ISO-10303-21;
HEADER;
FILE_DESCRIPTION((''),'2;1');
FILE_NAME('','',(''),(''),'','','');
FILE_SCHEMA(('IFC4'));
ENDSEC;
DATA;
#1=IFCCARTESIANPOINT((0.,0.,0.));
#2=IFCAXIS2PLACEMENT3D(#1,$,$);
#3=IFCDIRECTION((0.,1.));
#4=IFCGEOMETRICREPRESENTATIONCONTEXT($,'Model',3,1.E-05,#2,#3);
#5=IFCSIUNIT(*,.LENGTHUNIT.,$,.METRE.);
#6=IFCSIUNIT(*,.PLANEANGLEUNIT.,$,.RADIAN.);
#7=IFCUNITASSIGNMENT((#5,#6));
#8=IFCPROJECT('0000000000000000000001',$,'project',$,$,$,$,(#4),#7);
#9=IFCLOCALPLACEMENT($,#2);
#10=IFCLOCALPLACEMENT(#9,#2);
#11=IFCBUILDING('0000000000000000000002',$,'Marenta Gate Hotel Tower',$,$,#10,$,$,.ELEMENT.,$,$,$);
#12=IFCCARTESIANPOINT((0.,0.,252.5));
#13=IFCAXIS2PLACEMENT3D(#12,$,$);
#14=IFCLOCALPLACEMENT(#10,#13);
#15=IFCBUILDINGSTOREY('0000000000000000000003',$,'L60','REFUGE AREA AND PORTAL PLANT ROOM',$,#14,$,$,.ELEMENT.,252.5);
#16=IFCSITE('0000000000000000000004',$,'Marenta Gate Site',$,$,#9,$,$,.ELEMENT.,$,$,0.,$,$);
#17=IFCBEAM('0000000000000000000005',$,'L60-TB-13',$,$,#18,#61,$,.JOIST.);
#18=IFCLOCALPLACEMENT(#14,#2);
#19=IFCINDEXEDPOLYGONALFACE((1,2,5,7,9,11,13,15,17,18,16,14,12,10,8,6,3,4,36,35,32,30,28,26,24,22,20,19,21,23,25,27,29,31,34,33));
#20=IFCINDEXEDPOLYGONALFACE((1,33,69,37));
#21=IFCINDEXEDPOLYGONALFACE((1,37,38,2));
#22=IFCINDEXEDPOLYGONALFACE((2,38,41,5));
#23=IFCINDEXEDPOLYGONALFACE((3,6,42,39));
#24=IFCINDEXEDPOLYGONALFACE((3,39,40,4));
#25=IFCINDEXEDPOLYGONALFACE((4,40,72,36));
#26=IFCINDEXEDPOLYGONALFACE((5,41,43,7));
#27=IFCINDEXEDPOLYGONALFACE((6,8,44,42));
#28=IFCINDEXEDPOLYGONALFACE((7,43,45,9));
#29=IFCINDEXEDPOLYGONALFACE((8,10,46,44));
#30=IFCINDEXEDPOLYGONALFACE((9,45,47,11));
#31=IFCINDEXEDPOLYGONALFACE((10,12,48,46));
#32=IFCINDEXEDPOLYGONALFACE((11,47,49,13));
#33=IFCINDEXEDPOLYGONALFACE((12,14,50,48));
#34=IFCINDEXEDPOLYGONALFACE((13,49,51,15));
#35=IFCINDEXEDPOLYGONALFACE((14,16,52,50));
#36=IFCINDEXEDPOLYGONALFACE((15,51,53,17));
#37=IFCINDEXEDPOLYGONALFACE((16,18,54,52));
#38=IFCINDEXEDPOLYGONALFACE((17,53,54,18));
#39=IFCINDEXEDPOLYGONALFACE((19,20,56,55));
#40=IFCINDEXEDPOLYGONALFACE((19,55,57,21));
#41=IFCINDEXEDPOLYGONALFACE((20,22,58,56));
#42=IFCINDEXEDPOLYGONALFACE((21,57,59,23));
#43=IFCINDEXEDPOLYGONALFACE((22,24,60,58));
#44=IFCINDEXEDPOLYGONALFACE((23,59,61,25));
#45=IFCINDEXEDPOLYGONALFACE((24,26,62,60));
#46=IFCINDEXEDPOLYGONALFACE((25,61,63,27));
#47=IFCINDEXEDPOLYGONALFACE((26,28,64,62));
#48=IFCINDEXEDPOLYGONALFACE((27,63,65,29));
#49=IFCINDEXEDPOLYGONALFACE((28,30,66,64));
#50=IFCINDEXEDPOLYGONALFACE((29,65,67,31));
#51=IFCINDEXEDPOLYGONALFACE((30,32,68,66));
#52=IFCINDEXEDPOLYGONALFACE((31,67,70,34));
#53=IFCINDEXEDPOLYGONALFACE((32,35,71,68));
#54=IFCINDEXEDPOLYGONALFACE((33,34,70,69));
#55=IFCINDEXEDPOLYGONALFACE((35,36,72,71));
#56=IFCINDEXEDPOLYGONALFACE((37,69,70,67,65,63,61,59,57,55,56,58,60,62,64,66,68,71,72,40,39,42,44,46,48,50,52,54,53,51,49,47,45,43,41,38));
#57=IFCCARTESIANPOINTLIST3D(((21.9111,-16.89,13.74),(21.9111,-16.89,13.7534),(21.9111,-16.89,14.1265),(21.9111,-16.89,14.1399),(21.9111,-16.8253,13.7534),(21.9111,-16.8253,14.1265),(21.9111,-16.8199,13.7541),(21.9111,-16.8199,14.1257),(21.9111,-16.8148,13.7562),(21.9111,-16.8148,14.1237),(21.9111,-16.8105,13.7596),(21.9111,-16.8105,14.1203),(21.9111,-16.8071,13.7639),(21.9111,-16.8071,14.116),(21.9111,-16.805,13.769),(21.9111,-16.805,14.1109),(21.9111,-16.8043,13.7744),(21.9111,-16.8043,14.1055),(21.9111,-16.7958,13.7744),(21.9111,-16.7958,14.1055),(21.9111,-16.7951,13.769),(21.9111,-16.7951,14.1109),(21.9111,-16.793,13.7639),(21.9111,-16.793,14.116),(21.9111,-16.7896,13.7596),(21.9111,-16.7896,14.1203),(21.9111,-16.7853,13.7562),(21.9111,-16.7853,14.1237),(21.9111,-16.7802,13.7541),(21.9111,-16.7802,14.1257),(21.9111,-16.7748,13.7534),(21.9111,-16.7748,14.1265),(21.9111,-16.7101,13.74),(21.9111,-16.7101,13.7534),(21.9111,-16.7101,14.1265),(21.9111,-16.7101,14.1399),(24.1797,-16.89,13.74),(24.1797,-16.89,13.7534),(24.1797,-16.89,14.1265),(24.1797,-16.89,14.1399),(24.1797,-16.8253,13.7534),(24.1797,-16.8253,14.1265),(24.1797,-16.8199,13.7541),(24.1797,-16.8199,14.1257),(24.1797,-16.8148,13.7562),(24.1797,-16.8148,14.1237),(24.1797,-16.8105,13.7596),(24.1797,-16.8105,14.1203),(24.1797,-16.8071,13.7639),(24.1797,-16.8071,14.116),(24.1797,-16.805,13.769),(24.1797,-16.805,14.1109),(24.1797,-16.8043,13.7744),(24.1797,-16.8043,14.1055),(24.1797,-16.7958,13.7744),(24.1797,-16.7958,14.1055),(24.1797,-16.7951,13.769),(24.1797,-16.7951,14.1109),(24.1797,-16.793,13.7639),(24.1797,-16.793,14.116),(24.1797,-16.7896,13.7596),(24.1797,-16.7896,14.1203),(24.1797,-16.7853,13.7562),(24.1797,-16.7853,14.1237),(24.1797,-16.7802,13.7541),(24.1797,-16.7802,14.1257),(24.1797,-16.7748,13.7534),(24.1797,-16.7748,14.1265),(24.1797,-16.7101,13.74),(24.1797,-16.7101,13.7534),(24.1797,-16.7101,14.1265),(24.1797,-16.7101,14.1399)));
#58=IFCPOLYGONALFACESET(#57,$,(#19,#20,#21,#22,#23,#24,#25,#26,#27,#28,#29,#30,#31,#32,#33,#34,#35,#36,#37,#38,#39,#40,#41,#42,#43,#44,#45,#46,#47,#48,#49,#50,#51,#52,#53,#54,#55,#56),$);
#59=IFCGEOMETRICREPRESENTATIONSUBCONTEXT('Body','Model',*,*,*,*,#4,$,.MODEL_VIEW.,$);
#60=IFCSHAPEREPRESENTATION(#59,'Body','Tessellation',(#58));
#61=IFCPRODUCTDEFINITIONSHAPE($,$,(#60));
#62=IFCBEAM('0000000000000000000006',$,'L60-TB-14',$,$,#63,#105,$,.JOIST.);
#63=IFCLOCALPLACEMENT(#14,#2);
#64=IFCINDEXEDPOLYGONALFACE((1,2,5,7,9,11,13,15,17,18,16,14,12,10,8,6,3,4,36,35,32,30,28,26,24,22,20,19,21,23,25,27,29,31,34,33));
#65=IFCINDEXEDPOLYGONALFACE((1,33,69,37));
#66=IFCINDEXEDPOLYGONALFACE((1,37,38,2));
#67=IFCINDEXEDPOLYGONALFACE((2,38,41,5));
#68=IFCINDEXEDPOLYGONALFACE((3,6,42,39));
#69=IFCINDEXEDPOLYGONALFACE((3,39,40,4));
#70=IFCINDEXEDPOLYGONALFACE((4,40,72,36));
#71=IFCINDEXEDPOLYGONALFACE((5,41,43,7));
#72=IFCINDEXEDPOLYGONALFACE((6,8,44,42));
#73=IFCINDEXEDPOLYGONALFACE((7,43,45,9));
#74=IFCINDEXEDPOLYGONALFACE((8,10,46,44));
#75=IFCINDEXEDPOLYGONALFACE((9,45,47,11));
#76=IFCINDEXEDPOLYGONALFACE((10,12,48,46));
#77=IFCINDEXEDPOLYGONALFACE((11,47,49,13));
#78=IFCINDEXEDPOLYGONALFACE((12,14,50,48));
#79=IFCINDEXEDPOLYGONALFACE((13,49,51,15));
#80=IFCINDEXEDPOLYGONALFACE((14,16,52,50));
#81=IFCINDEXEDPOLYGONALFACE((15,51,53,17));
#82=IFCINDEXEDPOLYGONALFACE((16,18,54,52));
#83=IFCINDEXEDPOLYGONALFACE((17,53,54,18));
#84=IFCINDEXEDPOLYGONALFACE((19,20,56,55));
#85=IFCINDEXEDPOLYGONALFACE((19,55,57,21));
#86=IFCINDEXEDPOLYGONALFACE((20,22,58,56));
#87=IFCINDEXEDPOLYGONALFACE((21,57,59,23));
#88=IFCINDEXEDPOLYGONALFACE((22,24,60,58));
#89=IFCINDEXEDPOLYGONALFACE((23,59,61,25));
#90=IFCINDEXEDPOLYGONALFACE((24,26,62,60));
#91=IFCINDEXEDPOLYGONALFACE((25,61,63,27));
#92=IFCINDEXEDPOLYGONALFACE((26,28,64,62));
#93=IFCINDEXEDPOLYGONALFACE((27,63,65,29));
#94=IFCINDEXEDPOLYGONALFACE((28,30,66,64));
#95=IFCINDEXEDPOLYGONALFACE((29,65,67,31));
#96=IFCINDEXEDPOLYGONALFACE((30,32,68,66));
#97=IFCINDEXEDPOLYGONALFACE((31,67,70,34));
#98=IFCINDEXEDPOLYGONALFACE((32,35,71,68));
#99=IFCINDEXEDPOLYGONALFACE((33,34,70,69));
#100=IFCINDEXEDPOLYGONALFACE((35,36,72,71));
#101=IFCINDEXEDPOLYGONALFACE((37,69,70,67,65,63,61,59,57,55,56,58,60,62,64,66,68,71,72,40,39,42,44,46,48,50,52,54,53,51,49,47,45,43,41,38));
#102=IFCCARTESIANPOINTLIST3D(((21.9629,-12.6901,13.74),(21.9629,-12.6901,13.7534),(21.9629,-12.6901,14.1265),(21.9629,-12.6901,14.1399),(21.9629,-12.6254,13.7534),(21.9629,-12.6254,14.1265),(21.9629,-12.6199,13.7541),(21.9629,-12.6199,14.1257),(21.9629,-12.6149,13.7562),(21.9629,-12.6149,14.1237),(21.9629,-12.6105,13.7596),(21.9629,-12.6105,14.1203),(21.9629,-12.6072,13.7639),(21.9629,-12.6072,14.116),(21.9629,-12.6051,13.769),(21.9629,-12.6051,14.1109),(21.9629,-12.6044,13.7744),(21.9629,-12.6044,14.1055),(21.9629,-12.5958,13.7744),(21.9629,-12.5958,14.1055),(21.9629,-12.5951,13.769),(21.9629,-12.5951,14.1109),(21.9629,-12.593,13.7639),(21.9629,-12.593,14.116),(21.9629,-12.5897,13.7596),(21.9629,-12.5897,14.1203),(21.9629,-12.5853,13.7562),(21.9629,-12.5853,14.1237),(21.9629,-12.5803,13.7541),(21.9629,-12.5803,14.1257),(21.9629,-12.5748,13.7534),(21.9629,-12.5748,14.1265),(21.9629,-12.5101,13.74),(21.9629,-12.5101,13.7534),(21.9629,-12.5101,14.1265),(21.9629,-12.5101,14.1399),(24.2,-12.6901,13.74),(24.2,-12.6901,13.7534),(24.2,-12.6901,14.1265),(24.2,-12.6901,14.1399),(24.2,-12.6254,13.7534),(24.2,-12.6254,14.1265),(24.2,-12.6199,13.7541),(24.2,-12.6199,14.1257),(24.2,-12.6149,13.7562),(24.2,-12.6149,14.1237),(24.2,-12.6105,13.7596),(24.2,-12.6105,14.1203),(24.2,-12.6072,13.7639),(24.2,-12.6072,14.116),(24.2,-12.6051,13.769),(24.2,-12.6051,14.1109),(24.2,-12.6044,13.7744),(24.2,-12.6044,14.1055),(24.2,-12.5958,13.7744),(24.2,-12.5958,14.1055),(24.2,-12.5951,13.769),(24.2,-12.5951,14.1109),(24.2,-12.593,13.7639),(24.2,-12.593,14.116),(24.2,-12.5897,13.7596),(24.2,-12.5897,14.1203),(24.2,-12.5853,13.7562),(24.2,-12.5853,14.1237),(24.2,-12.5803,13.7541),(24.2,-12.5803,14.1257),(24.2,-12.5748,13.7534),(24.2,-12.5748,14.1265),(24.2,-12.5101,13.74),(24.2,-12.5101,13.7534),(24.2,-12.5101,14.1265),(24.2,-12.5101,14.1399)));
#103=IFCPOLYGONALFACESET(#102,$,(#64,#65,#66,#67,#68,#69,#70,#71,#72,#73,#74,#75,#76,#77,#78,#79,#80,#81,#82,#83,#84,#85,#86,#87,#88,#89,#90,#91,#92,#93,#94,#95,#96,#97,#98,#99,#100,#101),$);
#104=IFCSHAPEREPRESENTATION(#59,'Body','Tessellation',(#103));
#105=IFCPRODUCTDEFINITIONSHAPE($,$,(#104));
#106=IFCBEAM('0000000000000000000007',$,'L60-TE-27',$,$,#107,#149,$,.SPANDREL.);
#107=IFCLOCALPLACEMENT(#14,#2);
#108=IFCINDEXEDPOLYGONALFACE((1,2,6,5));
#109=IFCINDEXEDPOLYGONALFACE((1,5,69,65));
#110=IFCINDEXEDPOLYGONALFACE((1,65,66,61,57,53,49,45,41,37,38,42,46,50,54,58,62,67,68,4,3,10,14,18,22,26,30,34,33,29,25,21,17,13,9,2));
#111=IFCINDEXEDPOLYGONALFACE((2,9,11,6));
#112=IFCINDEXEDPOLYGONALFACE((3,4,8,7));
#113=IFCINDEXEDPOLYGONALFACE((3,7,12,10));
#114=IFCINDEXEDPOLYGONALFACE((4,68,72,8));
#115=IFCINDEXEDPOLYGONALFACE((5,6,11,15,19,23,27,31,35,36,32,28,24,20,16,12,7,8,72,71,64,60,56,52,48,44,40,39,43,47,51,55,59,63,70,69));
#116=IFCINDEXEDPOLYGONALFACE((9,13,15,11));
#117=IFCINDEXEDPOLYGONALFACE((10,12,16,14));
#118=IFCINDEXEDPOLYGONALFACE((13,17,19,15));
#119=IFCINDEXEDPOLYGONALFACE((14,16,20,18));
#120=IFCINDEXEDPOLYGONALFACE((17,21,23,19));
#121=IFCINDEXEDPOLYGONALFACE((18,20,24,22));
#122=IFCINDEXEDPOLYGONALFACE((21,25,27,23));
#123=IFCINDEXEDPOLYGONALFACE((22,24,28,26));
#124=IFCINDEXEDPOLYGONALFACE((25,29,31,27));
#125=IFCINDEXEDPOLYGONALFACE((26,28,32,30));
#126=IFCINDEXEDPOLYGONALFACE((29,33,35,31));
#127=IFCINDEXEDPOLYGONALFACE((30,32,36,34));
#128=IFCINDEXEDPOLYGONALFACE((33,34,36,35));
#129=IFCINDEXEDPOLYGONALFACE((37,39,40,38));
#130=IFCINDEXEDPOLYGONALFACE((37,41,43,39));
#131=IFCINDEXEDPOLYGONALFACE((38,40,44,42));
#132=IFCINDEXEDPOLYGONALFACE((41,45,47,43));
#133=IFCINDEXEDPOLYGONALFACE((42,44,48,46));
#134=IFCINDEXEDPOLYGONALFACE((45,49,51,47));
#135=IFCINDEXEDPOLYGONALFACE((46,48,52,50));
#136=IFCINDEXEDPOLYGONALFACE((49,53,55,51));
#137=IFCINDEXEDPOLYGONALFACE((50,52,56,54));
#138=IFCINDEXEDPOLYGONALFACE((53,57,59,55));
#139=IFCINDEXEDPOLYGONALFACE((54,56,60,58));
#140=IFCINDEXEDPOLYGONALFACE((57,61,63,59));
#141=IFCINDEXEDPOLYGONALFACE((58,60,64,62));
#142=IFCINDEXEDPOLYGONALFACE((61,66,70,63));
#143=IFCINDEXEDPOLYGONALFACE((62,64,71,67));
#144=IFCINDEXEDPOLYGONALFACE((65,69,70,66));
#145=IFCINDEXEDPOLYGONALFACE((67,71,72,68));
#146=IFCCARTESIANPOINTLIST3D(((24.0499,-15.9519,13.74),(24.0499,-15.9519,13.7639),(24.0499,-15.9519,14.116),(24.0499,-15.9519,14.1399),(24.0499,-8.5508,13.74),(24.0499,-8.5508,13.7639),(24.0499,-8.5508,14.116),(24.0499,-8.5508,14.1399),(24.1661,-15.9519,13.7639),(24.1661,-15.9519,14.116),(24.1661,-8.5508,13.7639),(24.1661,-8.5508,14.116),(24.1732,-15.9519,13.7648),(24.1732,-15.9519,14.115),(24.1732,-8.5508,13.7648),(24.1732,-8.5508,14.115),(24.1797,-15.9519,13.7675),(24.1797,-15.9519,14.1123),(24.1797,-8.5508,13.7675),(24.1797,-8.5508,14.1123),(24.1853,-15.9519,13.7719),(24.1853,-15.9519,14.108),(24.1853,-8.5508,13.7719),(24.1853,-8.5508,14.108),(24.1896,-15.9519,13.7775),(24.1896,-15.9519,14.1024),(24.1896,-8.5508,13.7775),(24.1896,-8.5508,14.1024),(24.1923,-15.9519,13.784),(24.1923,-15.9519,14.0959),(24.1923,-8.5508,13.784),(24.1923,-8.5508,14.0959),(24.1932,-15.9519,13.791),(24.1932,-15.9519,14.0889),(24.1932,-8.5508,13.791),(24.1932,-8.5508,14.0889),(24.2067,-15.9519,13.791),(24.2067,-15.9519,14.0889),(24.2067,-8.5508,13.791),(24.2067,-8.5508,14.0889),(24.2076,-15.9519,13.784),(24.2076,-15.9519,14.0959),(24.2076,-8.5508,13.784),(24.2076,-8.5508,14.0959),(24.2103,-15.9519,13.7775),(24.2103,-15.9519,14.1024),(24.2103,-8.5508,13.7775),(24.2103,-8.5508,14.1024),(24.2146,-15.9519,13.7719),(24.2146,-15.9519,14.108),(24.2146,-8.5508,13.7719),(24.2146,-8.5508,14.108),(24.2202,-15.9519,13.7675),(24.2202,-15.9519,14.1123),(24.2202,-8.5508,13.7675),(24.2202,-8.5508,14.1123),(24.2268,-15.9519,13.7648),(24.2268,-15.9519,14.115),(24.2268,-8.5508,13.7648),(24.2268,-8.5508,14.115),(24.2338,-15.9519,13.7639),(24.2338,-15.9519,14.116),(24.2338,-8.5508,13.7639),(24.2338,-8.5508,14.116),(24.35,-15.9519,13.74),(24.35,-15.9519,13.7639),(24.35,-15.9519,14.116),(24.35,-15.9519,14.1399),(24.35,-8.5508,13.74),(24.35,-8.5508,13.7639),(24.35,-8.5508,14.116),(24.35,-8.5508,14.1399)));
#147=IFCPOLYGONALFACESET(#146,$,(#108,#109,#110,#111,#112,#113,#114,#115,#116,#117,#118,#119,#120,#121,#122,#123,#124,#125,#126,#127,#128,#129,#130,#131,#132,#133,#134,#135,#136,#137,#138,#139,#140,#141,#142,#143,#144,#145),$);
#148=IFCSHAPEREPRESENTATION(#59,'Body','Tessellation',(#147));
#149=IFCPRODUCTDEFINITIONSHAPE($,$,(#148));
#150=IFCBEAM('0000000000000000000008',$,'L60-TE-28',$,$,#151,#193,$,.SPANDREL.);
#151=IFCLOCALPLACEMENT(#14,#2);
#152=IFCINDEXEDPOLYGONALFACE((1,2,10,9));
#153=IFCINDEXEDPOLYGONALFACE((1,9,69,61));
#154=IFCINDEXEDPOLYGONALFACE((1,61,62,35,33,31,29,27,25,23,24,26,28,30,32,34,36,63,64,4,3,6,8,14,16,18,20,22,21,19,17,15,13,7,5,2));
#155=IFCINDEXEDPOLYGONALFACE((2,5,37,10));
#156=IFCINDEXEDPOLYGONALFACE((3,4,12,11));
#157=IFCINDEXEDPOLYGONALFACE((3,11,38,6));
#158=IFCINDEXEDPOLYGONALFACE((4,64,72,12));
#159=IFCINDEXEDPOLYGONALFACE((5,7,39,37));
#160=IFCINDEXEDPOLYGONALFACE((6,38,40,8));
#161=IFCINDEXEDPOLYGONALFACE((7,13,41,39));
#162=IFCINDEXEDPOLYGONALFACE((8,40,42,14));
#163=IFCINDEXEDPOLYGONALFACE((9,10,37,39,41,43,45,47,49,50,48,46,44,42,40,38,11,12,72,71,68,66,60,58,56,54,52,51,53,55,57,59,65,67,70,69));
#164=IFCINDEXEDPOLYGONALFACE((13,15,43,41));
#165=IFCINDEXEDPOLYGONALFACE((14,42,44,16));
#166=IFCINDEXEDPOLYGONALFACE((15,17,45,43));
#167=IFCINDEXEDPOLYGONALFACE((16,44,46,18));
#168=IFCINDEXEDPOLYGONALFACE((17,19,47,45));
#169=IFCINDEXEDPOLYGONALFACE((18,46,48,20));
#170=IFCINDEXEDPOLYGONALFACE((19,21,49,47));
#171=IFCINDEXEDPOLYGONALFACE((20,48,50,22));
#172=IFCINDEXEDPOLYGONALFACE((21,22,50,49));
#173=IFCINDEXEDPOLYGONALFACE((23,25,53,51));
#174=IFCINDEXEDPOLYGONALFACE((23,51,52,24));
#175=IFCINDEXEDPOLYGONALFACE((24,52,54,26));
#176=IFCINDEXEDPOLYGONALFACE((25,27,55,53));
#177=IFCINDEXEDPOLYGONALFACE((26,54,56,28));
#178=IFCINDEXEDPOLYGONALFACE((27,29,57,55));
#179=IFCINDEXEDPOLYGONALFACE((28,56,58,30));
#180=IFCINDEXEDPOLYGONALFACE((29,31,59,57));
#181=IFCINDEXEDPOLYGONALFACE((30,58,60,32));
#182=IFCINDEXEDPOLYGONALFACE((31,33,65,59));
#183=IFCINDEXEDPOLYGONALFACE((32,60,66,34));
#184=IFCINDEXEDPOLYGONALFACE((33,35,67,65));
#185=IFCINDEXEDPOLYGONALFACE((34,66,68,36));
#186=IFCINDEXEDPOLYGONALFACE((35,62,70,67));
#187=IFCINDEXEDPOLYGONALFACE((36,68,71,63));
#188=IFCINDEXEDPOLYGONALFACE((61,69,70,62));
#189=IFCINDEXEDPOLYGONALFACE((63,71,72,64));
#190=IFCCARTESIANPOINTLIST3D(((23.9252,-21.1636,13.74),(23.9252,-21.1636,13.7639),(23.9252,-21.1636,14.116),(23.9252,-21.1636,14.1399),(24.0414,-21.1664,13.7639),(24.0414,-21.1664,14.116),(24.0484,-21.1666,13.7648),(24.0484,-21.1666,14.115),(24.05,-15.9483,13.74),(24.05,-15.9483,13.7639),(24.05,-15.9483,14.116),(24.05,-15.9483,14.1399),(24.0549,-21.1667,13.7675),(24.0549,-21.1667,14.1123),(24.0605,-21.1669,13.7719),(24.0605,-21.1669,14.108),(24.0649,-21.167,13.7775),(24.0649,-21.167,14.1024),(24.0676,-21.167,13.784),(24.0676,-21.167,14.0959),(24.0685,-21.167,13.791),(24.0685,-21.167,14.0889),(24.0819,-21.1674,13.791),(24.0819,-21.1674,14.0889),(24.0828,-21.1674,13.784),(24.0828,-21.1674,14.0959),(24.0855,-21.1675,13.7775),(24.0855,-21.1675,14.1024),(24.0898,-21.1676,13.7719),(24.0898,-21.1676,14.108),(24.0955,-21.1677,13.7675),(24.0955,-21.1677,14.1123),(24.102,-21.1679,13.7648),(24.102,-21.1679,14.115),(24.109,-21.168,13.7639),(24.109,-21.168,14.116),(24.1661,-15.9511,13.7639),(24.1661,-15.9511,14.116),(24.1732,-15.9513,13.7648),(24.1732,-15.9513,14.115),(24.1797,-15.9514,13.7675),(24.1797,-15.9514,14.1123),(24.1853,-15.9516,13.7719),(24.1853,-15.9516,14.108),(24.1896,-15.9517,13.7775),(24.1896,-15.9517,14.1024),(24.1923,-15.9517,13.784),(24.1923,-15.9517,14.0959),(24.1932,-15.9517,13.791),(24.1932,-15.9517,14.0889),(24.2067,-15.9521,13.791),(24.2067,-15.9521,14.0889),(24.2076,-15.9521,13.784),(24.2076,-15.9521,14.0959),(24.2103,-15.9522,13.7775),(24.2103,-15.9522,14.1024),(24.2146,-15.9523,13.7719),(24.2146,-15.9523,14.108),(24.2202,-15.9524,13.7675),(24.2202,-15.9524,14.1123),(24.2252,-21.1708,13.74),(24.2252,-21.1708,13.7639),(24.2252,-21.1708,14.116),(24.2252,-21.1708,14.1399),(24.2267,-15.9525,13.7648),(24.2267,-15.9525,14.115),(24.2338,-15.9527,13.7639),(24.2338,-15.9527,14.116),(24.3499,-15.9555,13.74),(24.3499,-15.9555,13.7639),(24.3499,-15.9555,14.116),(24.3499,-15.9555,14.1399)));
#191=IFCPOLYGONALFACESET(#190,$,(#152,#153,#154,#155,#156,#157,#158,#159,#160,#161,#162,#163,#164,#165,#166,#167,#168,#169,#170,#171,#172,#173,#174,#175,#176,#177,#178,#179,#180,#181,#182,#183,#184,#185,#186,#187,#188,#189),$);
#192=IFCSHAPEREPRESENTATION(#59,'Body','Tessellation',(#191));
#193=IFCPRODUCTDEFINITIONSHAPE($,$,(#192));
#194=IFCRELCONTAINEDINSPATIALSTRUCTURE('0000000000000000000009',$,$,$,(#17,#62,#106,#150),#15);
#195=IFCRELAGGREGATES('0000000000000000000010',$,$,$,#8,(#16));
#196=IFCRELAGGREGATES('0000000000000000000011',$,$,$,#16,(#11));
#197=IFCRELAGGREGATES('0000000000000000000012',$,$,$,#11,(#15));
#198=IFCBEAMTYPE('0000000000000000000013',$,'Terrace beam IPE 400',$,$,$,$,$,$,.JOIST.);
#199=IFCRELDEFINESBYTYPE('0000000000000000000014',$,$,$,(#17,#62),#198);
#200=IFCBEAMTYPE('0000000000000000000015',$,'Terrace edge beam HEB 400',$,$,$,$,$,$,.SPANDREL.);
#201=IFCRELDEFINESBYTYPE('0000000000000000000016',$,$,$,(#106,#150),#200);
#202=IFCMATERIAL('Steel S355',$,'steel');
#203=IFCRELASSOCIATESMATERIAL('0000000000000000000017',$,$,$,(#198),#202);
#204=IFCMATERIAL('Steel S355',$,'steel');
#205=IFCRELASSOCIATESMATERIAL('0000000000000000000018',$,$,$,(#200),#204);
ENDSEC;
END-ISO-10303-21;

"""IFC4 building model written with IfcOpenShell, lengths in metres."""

from ifc_helpers import new_model, si_unit, direction, frame, origin, origin_2d, place, context, subcontext, project, spatial, i_section, extrude, material, material_profile, profile_set, type_object, element, save


model = new_model("IFC4")

# Units and contexts
model_context = context("Model", 3, precision=1e-05, world=origin(), true_north=direction((0.0, 1.0)))
body_context = subcontext(model_context, "Body", "Model", "MODEL_VIEW")
ifc_project = project(units=[si_unit("LENGTHUNIT", "METRE"), si_unit("PLANEANGLEUNIT", "RADIAN")], contexts=[model_context])

# Site, building, storey
site_placement = place(None, origin())
site = spatial("IfcSite", under=ifc_project, at=site_placement, Name="Marenta Gate Site", CompositionType="ELEMENT", RefElevation=0.0)
building_placement = place(site_placement, origin())
building = spatial("IfcBuilding", under=site, at=building_placement, Name="Marenta Gate Hotel Tower", CompositionType="ELEMENT")
storey_placement = place(building_placement, frame((0.0, 0.0, 252.5)))
storey = spatial("IfcBuildingStorey", under=building, at=storey_placement, Name="L60", Description="REFUGE AREA AND PORTAL PLANT ROOM", CompositionType="ELEMENT", Elevation=252.5)

# Beams
ifc_material_1 = material(Name="Steel S355", Category="steel")
ifc_material_profile_1 = material_profile(ifc_material_1, i_section(OverallWidth=0.1799, OverallDepth=0.3999, WebThickness=0.0085, FlangeThickness=0.0134, FilletRadius=0.021, at=origin_2d()), Name="IPE 400")
ifc_profile_set_1 = profile_set([ifc_material_profile_1], Name="Steel S355")
beam_type_1 = type_object("IfcBeamType", Name="Terrace beam IPE 400", PredefinedType="JOIST", material=ifc_profile_set_1)
beam_1_placement = place(storey_placement, frame((21.9111, -16.8, 13.9399), z_axis=(1.0, 0.0, 0.0), x_axis=(0.0, 1.0, 0.0)))
element("IfcBeam", 1, at=beam_1_placement, inside=storey, type_object=beam_type_1, Name="L60-TB-13", PredefinedType="JOIST", context=body_context, shape_type="SweptSolid", body=[
    extrude(i_section(OverallWidth=0.1799, OverallDepth=0.3999, WebThickness=0.0085, FlangeThickness=0.0134, FilletRadius=0.021, at=origin_2d()), origin(), (0.0, 0.0, 1.0), 2.2686),
])
beam_2_placement = place(storey_placement, frame((21.9629, -12.6001, 13.9399), z_axis=(1.0, 0.0, 0.0), x_axis=(0.0, 1.0, 0.0)))
element("IfcBeam", 2, at=beam_2_placement, inside=storey, type_object=beam_type_1, Name="L60-TB-14", PredefinedType="JOIST", context=body_context, shape_type="SweptSolid", body=[
    extrude(i_section(OverallWidth=0.1799, OverallDepth=0.3999, WebThickness=0.0085, FlangeThickness=0.0134, FilletRadius=0.021, at=origin_2d()), origin(), (0.0, 0.0, 1.0), 2.2371),
])
ifc_material_2 = material(Name="Steel S355", Category="steel")
ifc_material_profile_2 = material_profile(ifc_material_2, i_section(OverallWidth=0.3, OverallDepth=0.3999, WebThickness=0.0134, FlangeThickness=0.0239, FilletRadius=0.0271, at=origin_2d()), Name="HEB 400")
ifc_profile_set_2 = profile_set([ifc_material_profile_2], Name="Steel S355")
beam_type_2 = type_object("IfcBeamType", Name="Terrace edge beam HEB 400", PredefinedType="SPANDREL", material=ifc_profile_set_2)
beam_3_placement = place(storey_placement, frame((24.2, -8.5508, 13.9399), z_axis=(0.0, -1.0, 0.0), x_axis=(1.0, 0.0, 0.0)))
element("IfcBeam", 3, at=beam_3_placement, inside=storey, type_object=beam_type_2, Name="L60-TE-27", PredefinedType="SPANDREL", context=body_context, shape_type="SweptSolid", body=[
    extrude(i_section(OverallWidth=0.3, OverallDepth=0.3999, WebThickness=0.0134, FlangeThickness=0.0239, FilletRadius=0.0271, at=origin_2d()), origin(), (0.0, 0.0, 1.0), 7.4011),
])
beam_4_placement = place(storey_placement, frame((24.2, -15.9519, 13.9399), z_axis=(-0.023914, -0.999714, 0.0), x_axis=(0.999714, -0.023914, 0.0)))
element("IfcBeam", 4, at=beam_4_placement, inside=storey, type_object=beam_type_2, Name="L60-TE-28", PredefinedType="SPANDREL", context=body_context, shape_type="SweptSolid", body=[
    extrude(i_section(OverallWidth=0.3, OverallDepth=0.3999, WebThickness=0.0134, FlangeThickness=0.0239, FilletRadius=0.0271, at=origin_2d()), origin(), (0.0, 0.0, 1.0), 5.2168),
])

save(model, "model.ifc")
